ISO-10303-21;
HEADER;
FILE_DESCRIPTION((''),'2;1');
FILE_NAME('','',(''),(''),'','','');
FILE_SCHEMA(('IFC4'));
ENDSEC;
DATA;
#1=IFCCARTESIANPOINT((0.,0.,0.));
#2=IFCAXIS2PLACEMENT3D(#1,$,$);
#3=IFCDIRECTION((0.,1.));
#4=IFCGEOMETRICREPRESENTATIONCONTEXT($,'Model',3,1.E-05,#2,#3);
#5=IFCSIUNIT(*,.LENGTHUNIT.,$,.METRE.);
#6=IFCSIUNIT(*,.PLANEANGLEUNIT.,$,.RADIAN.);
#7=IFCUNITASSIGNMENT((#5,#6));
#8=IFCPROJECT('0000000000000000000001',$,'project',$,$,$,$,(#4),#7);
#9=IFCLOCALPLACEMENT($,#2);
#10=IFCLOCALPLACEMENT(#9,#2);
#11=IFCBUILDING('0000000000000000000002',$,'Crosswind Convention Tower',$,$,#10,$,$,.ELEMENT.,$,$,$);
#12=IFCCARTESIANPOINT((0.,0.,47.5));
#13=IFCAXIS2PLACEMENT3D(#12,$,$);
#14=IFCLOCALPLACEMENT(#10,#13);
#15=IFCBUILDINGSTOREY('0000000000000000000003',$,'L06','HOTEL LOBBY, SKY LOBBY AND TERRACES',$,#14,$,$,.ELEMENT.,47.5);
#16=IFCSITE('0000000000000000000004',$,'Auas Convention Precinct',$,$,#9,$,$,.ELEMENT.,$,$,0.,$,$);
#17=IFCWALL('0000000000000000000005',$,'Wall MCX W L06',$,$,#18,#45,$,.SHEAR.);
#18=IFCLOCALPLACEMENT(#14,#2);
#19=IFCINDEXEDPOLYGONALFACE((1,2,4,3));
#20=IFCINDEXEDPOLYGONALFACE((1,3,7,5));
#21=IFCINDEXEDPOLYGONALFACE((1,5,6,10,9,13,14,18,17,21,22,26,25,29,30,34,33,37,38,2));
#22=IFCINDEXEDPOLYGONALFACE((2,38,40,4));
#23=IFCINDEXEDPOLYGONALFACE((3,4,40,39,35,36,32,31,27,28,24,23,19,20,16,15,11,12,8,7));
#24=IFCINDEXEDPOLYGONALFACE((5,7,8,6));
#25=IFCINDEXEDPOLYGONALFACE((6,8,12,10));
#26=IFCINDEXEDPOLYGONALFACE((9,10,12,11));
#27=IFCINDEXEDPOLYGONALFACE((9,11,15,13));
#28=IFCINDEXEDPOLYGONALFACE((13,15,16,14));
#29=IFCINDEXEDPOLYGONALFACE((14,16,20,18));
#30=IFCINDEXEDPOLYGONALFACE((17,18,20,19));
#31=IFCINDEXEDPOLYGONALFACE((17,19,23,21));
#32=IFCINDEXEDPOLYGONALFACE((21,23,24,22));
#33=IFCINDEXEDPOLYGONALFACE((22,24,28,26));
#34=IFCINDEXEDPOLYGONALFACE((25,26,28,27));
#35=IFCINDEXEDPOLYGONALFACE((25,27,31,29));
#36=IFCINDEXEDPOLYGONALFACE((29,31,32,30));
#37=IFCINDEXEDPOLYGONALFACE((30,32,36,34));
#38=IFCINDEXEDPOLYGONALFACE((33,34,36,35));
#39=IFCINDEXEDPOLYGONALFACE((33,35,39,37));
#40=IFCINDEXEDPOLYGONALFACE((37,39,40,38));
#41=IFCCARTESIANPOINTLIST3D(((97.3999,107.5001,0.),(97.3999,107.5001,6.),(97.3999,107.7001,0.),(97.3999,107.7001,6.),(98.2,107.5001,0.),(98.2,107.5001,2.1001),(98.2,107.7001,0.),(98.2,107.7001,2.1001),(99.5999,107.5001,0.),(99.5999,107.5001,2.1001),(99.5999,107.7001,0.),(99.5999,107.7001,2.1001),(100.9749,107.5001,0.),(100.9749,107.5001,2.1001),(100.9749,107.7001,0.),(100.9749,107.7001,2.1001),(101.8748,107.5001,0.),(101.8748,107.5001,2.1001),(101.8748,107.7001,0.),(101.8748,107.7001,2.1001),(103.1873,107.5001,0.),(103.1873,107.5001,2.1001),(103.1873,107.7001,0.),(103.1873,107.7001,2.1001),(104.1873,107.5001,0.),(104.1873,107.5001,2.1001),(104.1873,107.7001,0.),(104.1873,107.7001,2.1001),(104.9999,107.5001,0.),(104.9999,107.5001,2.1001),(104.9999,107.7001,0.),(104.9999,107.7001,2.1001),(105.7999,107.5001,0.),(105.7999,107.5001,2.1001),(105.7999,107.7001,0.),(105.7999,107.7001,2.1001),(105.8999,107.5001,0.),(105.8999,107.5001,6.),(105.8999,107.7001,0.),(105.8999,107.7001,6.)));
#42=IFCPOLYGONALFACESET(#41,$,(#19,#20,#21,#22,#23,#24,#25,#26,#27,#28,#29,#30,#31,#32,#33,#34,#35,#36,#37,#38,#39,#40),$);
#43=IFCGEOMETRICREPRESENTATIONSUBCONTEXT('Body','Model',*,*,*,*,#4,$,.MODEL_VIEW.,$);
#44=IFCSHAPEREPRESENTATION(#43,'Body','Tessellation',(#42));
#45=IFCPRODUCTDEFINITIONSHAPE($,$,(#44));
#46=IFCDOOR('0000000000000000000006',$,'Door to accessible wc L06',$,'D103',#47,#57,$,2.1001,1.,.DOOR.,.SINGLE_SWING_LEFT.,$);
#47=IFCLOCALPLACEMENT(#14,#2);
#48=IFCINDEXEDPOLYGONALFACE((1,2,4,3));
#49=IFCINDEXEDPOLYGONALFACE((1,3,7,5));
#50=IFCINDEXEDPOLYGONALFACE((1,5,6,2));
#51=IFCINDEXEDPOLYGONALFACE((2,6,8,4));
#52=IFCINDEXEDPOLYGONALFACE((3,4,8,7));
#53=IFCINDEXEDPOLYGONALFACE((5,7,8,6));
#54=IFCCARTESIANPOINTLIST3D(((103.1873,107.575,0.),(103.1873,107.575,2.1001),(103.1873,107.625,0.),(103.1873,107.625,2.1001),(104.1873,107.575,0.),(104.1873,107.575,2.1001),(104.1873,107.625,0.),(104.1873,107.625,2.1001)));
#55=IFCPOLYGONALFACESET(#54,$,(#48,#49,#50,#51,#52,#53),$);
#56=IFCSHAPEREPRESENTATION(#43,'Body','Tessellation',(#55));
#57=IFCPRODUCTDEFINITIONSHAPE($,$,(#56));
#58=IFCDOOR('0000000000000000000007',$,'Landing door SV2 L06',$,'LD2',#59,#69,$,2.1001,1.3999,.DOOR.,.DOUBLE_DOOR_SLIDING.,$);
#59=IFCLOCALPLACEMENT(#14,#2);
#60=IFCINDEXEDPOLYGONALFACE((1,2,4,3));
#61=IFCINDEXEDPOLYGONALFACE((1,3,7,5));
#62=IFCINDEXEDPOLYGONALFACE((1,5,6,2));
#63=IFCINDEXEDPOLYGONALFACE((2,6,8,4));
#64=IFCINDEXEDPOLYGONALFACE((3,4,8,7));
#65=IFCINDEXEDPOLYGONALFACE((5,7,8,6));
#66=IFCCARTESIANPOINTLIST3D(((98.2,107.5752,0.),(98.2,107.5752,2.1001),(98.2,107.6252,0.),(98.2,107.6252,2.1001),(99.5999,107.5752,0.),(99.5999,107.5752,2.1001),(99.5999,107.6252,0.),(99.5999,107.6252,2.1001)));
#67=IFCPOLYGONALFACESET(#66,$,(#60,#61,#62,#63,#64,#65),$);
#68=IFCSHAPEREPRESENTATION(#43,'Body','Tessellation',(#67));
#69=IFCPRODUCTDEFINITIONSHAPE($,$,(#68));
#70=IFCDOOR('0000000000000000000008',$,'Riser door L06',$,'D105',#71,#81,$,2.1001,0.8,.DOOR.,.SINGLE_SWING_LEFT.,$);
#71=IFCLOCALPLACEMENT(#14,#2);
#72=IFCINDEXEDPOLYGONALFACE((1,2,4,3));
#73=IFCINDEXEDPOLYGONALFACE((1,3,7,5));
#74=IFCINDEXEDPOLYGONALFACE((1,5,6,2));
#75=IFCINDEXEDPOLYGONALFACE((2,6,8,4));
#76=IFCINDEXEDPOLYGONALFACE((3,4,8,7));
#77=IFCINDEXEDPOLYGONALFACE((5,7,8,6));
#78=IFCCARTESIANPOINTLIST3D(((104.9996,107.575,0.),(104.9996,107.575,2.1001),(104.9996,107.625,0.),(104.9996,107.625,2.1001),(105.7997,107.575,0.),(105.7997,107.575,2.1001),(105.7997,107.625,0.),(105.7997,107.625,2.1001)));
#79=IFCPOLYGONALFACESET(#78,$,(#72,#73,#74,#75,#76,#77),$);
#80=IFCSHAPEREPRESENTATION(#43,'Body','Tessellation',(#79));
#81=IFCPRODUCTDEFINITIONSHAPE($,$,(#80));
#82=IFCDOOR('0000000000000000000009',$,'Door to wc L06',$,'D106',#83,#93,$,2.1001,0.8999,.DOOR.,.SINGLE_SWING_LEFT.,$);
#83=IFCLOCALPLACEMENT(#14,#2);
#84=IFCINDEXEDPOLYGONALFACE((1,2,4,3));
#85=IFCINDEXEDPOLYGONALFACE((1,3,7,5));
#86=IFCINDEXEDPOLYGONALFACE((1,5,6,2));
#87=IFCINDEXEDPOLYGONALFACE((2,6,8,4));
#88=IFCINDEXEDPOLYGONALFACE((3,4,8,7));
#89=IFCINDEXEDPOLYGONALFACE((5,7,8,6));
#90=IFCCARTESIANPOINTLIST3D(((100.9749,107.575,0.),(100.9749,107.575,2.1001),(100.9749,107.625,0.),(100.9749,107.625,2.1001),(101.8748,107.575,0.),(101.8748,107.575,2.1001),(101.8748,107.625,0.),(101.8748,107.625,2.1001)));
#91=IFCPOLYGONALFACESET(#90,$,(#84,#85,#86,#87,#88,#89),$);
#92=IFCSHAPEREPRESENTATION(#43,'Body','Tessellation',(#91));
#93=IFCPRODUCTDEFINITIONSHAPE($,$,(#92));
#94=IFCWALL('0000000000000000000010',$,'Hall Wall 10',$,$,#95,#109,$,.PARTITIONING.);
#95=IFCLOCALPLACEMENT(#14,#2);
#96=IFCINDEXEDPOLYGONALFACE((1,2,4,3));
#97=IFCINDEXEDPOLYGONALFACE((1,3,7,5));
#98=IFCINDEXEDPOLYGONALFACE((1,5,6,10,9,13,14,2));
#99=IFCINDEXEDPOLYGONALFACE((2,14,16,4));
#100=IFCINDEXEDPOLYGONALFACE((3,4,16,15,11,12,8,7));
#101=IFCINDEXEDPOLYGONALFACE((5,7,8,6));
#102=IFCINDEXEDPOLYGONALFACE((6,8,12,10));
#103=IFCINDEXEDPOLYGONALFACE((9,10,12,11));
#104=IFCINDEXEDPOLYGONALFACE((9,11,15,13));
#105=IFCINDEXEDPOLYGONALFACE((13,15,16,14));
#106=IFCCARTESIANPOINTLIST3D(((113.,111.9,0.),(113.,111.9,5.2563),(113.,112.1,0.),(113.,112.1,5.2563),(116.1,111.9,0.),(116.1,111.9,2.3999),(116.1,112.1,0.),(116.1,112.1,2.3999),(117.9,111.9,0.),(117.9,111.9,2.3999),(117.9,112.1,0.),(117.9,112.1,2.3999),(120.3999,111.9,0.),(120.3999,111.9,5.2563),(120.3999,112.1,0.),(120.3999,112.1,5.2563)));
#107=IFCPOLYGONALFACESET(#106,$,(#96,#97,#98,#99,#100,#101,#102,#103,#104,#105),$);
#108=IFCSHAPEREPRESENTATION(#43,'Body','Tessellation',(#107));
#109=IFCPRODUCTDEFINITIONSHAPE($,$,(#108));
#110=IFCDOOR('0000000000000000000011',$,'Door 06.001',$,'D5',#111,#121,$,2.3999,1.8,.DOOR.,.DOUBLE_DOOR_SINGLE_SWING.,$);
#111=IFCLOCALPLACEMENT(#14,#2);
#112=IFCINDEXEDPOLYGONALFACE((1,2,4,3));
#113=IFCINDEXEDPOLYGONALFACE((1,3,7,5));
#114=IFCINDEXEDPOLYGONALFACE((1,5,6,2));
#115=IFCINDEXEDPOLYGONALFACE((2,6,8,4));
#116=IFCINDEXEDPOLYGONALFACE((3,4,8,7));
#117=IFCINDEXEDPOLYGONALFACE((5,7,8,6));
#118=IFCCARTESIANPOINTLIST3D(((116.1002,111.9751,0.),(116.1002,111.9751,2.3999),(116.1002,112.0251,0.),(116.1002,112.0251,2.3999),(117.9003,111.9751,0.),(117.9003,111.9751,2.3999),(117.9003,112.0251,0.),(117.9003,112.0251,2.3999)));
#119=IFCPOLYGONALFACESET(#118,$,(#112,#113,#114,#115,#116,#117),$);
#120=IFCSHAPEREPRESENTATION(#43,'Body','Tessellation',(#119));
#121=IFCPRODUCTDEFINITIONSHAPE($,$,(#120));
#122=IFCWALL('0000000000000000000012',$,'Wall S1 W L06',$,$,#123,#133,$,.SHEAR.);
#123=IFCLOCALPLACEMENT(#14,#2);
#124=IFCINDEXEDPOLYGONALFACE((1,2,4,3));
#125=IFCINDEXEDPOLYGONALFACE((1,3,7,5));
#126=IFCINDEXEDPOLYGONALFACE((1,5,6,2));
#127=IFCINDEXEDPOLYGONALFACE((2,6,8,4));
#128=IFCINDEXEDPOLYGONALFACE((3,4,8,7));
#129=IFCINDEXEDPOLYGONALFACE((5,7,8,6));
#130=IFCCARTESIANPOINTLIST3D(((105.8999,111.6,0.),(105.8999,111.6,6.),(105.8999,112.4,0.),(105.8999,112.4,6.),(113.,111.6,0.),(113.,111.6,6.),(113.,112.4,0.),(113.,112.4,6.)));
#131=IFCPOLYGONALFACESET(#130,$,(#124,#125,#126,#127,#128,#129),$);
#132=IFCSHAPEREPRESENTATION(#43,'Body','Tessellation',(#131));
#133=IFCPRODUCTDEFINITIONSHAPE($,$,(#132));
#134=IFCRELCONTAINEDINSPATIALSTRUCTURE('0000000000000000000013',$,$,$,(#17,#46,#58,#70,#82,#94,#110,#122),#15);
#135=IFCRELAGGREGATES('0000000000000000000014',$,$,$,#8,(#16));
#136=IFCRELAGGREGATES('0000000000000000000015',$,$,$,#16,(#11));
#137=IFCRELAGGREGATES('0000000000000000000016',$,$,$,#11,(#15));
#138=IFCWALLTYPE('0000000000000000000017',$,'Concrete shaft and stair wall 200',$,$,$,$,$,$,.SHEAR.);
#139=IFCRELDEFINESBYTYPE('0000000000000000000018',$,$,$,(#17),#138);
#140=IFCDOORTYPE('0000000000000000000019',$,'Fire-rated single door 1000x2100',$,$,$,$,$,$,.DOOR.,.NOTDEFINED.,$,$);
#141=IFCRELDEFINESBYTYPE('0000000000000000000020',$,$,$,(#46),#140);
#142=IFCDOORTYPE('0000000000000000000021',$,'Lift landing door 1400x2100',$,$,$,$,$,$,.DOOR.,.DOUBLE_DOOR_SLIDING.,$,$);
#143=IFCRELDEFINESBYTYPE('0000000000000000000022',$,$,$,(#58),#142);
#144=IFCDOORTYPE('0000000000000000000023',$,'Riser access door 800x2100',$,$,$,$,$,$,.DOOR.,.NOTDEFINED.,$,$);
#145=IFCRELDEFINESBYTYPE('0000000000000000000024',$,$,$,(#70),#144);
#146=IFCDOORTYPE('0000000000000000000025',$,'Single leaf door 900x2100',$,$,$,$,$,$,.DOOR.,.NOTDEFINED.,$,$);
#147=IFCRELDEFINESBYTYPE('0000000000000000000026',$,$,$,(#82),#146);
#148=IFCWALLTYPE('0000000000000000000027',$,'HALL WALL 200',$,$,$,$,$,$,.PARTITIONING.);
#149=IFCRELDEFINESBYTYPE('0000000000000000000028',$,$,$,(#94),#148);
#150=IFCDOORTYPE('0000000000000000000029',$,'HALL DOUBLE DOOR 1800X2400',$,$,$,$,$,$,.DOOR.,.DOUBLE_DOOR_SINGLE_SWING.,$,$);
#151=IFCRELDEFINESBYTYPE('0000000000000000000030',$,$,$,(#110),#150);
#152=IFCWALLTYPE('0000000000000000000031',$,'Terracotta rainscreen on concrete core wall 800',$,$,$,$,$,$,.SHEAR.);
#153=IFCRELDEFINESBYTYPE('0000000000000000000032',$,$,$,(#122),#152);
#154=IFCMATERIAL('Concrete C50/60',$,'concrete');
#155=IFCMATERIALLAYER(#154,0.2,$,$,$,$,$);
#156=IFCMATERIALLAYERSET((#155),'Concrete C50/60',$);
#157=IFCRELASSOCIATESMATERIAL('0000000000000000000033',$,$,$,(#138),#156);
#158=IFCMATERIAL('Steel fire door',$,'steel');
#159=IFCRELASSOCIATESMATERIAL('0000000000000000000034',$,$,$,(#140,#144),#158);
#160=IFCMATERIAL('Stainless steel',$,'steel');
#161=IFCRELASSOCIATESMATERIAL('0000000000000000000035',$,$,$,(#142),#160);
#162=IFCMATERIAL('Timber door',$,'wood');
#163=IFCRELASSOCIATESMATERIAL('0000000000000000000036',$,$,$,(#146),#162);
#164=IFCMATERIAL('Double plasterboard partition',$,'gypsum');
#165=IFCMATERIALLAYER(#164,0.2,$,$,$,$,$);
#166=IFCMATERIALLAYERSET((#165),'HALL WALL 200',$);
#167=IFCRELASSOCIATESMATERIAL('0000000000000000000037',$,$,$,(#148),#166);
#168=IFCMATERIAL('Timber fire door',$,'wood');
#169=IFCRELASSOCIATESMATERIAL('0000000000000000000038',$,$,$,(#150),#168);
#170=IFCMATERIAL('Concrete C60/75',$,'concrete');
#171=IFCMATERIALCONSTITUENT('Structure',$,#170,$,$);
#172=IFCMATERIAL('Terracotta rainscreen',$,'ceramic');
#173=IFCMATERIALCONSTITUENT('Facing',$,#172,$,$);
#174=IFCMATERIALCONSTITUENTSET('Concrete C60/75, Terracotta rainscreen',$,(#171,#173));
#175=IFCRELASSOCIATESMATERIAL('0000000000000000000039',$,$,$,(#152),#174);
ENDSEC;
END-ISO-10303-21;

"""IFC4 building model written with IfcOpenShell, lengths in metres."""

from ifc_helpers import new_model, si_unit, direction, frame, frame_2d, origin, place, context, subcontext, project, spatial, rectangle, extrude, material, layer, layer_set, constituent, constituent_set, type_object, element, fill, save


model = new_model("IFC4")

# Units and contexts
model_context = context("Model", 3, precision=1e-05, world=origin(), true_north=direction((0.0, 1.0)))
body_context = subcontext(model_context, "Body", "Model", "MODEL_VIEW")
ifc_project = project(units=[si_unit("LENGTHUNIT", "METRE"), si_unit("PLANEANGLEUNIT", "RADIAN")], contexts=[model_context])

# Site, building, storey
site_placement = place(None, origin())
site = spatial("IfcSite", under=ifc_project, at=site_placement, Name="Auas Convention Precinct", CompositionType="ELEMENT", RefElevation=0.0)
building_placement = place(site_placement, origin())
building = spatial("IfcBuilding", under=site, at=building_placement, Name="Crosswind Convention Tower", CompositionType="ELEMENT")
storey_placement = place(building_placement, frame((0.0, 0.0, 47.5)))
storey = spatial("IfcBuildingStorey", under=building, at=storey_placement, Name="L06", Description="HOTEL LOBBY, SKY LOBBY AND TERRACES", CompositionType="ELEMENT", Elevation=47.5)

# Shared definitions
ifc_material_1 = material(Name="Concrete C50/60", Category="concrete")
ifc_layer_1 = layer(ifc_material_1, 0.2)
ifc_layer_set_1 = layer_set([ifc_layer_1], Name="Concrete C50/60")
wall_type_1 = type_object("IfcWallType", Name="Concrete shaft and stair wall 200", PredefinedType="SHEAR", material=ifc_layer_set_1)

# Shared definitions
ifc_material_2 = material(Name="Steel fire door", Category="steel")
door_type_1 = type_object("IfcDoorType", Name="Fire-rated single door 1000x2100", OperationType="NOTDEFINED", PredefinedType="DOOR", material=ifc_material_2)

# Wall, openings, doors
wall_1_placement = place(storey_placement, frame((105.8999, 107.6001, 0.0), z_axis=(0.0, 0.0, 1.0), x_axis=(-1.0, 0.0, 0.0)))
wall_1 = element("IfcWall", 1, at=wall_1_placement, inside=storey, type_object=wall_type_1, Name="Wall MCX W L06", PredefinedType="SHEAR", context=body_context, shape_type="SweptSolid", body=[
    extrude(rectangle(XDim=8.5, YDim=0.2, at=frame_2d((4.25, 0.0))), origin(), (0.0, 0.0, 1.0), 6.0),
])
opening_1_placement = place(wall_1_placement, frame((0.1001, 0.0, 0.0)))
opening_1 = element("IfcOpeningElement", 2, at=opening_1_placement, cuts=wall_1, PredefinedType="OPENING", context=body_context, shape_type="SweptSolid", body=[
    extrude(rectangle(XDim=0.8, YDim=2.1001, at=frame_2d((0.3999, 1.05))), frame((0.0, 0.1099, 0.0), z_axis=(0.0, -1.0, 0.0), x_axis=(1.0, 0.0, 0.0)), (0.0, 0.0, 1.0), 0.22),
])
opening_2_placement = place(wall_1_placement, frame((1.7126, 0.0, 0.0)))
opening_2 = element("IfcOpeningElement", 3, at=opening_2_placement, cuts=wall_1, PredefinedType="OPENING", context=body_context, shape_type="SweptSolid", body=[
    extrude(rectangle(XDim=1.0, YDim=2.1001, at=frame_2d((0.5, 1.05))), frame((0.0, 0.1099, 0.0), z_axis=(0.0, -1.0, 0.0), x_axis=(1.0, 0.0, 0.0)), (0.0, 0.0, 1.0), 0.22),
])
opening_3_placement = place(wall_1_placement, frame((4.0251, 0.0, 0.0)))
opening_3 = element("IfcOpeningElement", 4, at=opening_3_placement, cuts=wall_1, PredefinedType="OPENING", context=body_context, shape_type="SweptSolid", body=[
    extrude(rectangle(XDim=0.8999, YDim=2.1001, at=frame_2d((0.45, 1.05))), frame((0.0, 0.1099, 0.0), z_axis=(0.0, -1.0, 0.0), x_axis=(1.0, 0.0, 0.0)), (0.0, 0.0, 1.0), 0.22),
])
opening_4_placement = place(wall_1_placement, frame((6.3, 0.0, 0.0)))
opening_4 = element("IfcOpeningElement", 5, at=opening_4_placement, cuts=wall_1, PredefinedType="OPENING", context=body_context, shape_type="SweptSolid", body=[
    extrude(rectangle(XDim=1.3999, YDim=2.1001, at=frame_2d((0.7, 1.05))), frame((0.0, 0.1099, 0.0), z_axis=(0.0, -1.0, 0.0), x_axis=(1.0, 0.0, 0.0)), (0.0, 0.0, 1.0), 0.22),
])
door_1_placement = place(opening_2_placement, frame((1.0, 0.0, 0.0), z_axis=(0.0, 0.0, 1.0), x_axis=(-1.0, 0.0, 0.0)))
door_1 = element("IfcDoor", 6, at=door_1_placement, inside=storey, type_object=door_type_1, Name="Door to accessible wc L06", ObjectType="D103", OperationType="SINGLE_SWING_LEFT", OverallHeight=2.1001, OverallWidth=1.0, PredefinedType="DOOR", context=body_context, shape_type="SweptSolid", body=[
    extrude(rectangle(XDim=1.0, YDim=2.1001, at=frame_2d((0.5, 1.05))), frame((0.0, 0.0249, 0.0), z_axis=(0.0, -1.0, 0.0), x_axis=(1.0, 0.0, 0.0)), (0.0, 0.0, 1.0), 0.05),
])
fill(opening_2, door_1)
ifc_material_3 = material(Name="Stainless steel", Category="steel")
door_type_2 = type_object("IfcDoorType", Name="Lift landing door 1400x2100", OperationType="DOUBLE_DOOR_SLIDING", PredefinedType="DOOR", material=ifc_material_3)
door_2_placement = place(opening_4_placement, origin())
door_2 = element("IfcDoor", 7, at=door_2_placement, inside=storey, type_object=door_type_2, Name="Landing door SV2 L06", ObjectType="LD2", OperationType="DOUBLE_DOOR_SLIDING", OverallHeight=2.1001, OverallWidth=1.3999, PredefinedType="DOOR", context=body_context, shape_type="SweptSolid", body=[
    extrude(rectangle(XDim=1.3999, YDim=2.1001, at=frame_2d((0.7, 1.05))), frame((0.0, 0.0249, 0.0), z_axis=(0.0, -1.0, 0.0), x_axis=(1.0, 0.0, 0.0)), (0.0, 0.0, 1.0), 0.05),
])
fill(opening_4, door_2)
door_type_3 = type_object("IfcDoorType", Name="Riser access door 800x2100", OperationType="NOTDEFINED", PredefinedType="DOOR", material=ifc_material_2)
door_3_placement = place(opening_1_placement, frame((0.8, 0.0, 0.0), z_axis=(0.0, 0.0, 1.0), x_axis=(-1.0, 0.0, 0.0)))
door_3 = element("IfcDoor", 8, at=door_3_placement, inside=storey, type_object=door_type_3, Name="Riser door L06", ObjectType="D105", OperationType="SINGLE_SWING_LEFT", OverallHeight=2.1001, OverallWidth=0.8, PredefinedType="DOOR", context=body_context, shape_type="SweptSolid", body=[
    extrude(rectangle(XDim=0.8, YDim=2.1001, at=frame_2d((0.3999, 1.05))), frame((0.0, 0.0249, 0.0), z_axis=(0.0, -1.0, 0.0), x_axis=(1.0, 0.0, 0.0)), (0.0, 0.0, 1.0), 0.05),
])
fill(opening_1, door_3)
ifc_material_4 = material(Name="Timber door", Category="wood")
door_type_4 = type_object("IfcDoorType", Name="Single leaf door 900x2100", OperationType="NOTDEFINED", PredefinedType="DOOR", material=ifc_material_4)
door_4_placement = place(opening_3_placement, frame((0.8999, 0.0, 0.0), z_axis=(0.0, 0.0, 1.0), x_axis=(-1.0, 0.0, 0.0)))
door_4 = element("IfcDoor", 9, at=door_4_placement, inside=storey, type_object=door_type_4, Name="Door to wc L06", ObjectType="D106", OperationType="SINGLE_SWING_LEFT", OverallHeight=2.1001, OverallWidth=0.8999, PredefinedType="DOOR", context=body_context, shape_type="SweptSolid", body=[
    extrude(rectangle(XDim=0.8999, YDim=2.1001, at=frame_2d((0.45, 1.05))), frame((0.0, 0.0249, 0.0), z_axis=(0.0, -1.0, 0.0), x_axis=(1.0, 0.0, 0.0)), (0.0, 0.0, 1.0), 0.05),
])
fill(opening_3, door_4)

# Wall, opening, door
ifc_material_5 = material(Name="Double plasterboard partition", Category="gypsum")
ifc_layer_2 = layer(ifc_material_5, 0.2)
ifc_layer_set_2 = layer_set([ifc_layer_2], Name="HALL WALL 200")
wall_type_2 = type_object("IfcWallType", Name="HALL WALL 200", PredefinedType="PARTITIONING", material=ifc_layer_set_2)
wall_2_placement = place(storey_placement, frame((113.0, 112.0, 0.0), z_axis=(0.0, 0.0, 1.0), x_axis=(1.0, 0.0, 0.0)))
wall_2 = element("IfcWall", 10, at=wall_2_placement, inside=storey, type_object=wall_type_2, Name="Hall Wall 10", PredefinedType="PARTITIONING", context=body_context, shape_type="SweptSolid", body=[
    extrude(rectangle(XDim=7.3999, YDim=0.2, at=frame_2d((3.7, 0.0))), origin(), (0.0, 0.0, 1.0), 5.2563),
])
opening_5_placement = place(wall_2_placement, frame((3.1001, 0.0, 0.0)))
opening_5 = element("IfcOpeningElement", 11, at=opening_5_placement, cuts=wall_2, PredefinedType="OPENING", context=body_context, shape_type="SweptSolid", body=[
    extrude(rectangle(XDim=1.8, YDim=2.3999, at=frame_2d((0.8999, 1.2))), frame((0.0, 0.1099, 0.0), z_axis=(0.0, -1.0, 0.0), x_axis=(1.0, 0.0, 0.0)), (0.0, 0.0, 1.0), 0.22),
])
ifc_material_6 = material(Name="Timber fire door", Category="wood")
door_type_5 = type_object("IfcDoorType", Name="HALL DOUBLE DOOR 1800X2400", OperationType="DOUBLE_DOOR_SINGLE_SWING", PredefinedType="DOOR", material=ifc_material_6)
door_5_placement = place(opening_5_placement, frame((1.8, 0.0, 0.0), z_axis=(0.0, 0.0, 1.0), x_axis=(-1.0, 0.0, 0.0)))
door_5 = element("IfcDoor", 12, at=door_5_placement, inside=storey, type_object=door_type_5, Name="Door 06.001", ObjectType="D5", OperationType="DOUBLE_DOOR_SINGLE_SWING", OverallHeight=2.3999, OverallWidth=1.8, PredefinedType="DOOR", context=body_context, shape_type="SweptSolid", body=[
    extrude(rectangle(XDim=1.8, YDim=2.3999, at=frame_2d((0.8999, 1.2))), frame((0.0, 0.0249, 0.0), z_axis=(0.0, -1.0, 0.0), x_axis=(1.0, 0.0, 0.0)), (0.0, 0.0, 1.0), 0.05),
])
fill(opening_5, door_5)

# Wall
ifc_material_7 = material(Name="Concrete C60/75", Category="concrete")
ifc_constituent_1 = constituent(ifc_material_7, Name="Structure")
ifc_material_8 = material(Name="Terracotta rainscreen", Category="ceramic")
ifc_constituent_2 = constituent(ifc_material_8, Name="Facing")
ifc_constituent_set = constituent_set(constituents=[ifc_constituent_1, ifc_constituent_2], Name="Concrete C60/75, Terracotta rainscreen")
wall_type_3 = type_object("IfcWallType", Name="Terracotta rainscreen on concrete core wall 800", PredefinedType="SHEAR", material=ifc_constituent_set)
wall_3_placement = place(storey_placement, frame((113.0, 112.0, 0.0), z_axis=(0.0, 0.0, 1.0), x_axis=(-1.0, 0.0, 0.0)))
element("IfcWall", 13, at=wall_3_placement, inside=storey, type_object=wall_type_3, Name="Wall S1 W L06", PredefinedType="SHEAR", context=body_context, shape_type="SweptSolid", body=[
    extrude(rectangle(XDim=7.1001, YDim=0.8, at=frame_2d((3.55, 0.0))), origin(), (0.0, 0.0, 1.0), 6.0),
])

save(model, "model.ifc")
